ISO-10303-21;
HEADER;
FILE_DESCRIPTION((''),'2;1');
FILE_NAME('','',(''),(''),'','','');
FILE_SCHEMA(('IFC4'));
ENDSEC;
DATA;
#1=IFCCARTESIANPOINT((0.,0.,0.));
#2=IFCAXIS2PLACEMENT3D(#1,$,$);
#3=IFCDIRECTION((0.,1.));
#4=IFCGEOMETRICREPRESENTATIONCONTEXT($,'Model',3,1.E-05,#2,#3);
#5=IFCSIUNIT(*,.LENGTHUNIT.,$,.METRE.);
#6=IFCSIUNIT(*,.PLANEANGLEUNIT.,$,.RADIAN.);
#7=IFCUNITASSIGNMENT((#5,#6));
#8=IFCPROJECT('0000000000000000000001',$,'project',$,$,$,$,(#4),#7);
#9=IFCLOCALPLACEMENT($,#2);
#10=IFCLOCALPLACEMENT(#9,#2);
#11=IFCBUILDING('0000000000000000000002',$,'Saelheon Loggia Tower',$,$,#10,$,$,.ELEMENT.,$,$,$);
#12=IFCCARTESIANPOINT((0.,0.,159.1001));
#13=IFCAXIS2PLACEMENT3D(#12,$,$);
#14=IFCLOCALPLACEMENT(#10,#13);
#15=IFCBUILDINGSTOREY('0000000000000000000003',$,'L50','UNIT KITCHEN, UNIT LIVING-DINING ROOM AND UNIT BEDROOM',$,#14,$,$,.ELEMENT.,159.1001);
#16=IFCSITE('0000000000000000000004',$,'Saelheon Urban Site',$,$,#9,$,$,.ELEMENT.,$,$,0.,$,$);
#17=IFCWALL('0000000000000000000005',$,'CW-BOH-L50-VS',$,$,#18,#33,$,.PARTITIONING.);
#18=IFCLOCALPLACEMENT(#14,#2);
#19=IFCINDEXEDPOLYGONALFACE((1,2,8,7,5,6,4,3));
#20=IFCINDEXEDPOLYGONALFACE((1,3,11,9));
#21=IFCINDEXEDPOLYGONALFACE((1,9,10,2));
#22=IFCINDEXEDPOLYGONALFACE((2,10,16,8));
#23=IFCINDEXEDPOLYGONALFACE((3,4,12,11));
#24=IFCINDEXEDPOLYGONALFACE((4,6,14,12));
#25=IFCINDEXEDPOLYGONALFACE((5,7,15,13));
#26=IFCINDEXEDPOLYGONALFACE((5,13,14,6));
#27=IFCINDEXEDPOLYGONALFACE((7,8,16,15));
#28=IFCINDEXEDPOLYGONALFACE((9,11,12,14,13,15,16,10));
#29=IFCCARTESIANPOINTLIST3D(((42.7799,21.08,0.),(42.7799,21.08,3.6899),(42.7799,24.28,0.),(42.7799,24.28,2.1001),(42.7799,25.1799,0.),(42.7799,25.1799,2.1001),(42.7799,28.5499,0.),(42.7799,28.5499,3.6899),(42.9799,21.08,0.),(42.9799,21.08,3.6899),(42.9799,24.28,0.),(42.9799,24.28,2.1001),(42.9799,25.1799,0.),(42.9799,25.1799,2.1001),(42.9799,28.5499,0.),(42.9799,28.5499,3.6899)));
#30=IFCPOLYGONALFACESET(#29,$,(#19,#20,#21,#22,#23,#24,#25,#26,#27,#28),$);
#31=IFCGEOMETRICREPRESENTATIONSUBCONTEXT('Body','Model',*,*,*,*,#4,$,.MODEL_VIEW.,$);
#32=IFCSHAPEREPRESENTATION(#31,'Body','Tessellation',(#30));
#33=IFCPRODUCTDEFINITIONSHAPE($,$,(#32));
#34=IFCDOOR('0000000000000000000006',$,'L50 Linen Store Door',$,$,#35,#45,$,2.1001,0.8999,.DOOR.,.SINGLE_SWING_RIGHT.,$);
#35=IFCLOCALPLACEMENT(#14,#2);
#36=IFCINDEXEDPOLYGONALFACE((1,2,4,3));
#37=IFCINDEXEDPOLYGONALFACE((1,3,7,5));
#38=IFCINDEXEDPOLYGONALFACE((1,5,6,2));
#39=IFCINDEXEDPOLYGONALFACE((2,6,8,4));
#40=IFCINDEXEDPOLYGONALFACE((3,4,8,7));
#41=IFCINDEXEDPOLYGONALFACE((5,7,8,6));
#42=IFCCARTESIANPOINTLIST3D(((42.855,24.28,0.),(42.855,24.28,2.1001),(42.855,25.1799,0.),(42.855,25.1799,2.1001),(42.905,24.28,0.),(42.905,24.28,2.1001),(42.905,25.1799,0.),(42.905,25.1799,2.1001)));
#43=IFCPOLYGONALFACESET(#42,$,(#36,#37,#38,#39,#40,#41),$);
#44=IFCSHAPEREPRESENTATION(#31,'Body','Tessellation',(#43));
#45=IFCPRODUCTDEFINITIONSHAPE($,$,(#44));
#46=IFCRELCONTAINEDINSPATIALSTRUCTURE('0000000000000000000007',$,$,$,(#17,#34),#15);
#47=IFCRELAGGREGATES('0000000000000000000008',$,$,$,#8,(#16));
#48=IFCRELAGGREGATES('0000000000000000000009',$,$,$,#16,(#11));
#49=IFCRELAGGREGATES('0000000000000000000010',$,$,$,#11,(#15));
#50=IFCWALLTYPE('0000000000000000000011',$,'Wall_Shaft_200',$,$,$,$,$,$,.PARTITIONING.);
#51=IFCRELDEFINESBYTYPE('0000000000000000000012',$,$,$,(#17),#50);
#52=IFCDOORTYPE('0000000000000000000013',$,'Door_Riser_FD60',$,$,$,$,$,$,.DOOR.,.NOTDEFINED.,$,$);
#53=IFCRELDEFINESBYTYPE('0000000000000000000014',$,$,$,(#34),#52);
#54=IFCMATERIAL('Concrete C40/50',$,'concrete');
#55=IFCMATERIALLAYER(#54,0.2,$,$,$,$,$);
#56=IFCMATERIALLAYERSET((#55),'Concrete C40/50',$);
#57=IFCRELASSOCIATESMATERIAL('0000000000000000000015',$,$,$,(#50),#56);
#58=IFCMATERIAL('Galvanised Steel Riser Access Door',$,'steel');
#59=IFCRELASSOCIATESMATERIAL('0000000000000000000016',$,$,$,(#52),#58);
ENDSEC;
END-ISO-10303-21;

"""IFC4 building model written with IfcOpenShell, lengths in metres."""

from ifc_helpers import new_model, si_unit, direction, frame, frame_2d, origin, place, context, subcontext, project, spatial, rectangle, extrude, source, transform, mapped, material, layer, layer_set, type_object, element, fill, save


model = new_model("IFC4")

# Units and contexts
model_context = context("Model", 3, precision=1e-05, world=origin(), true_north=direction((0.0, 1.0)))
body_context = subcontext(model_context, "Body", "Model", "MODEL_VIEW")
ifc_project = project(units=[si_unit("LENGTHUNIT", "METRE"), si_unit("PLANEANGLEUNIT", "RADIAN")], contexts=[model_context])

# Site, building, storey
site_placement = place(None, origin())
site = spatial("IfcSite", under=ifc_project, at=site_placement, Name="Saelheon Urban Site", CompositionType="ELEMENT", RefElevation=0.0)
building_placement = place(site_placement, origin())
building = spatial("IfcBuilding", under=site, at=building_placement, Name="Saelheon Loggia Tower", CompositionType="ELEMENT")
storey_placement = place(building_placement, frame((0.0, 0.0, 159.1001)))
storey = spatial("IfcBuildingStorey", under=building, at=storey_placement, Name="L50", Description="UNIT KITCHEN, UNIT LIVING-DINING ROOM AND UNIT BEDROOM", CompositionType="ELEMENT", Elevation=159.1001)

# Shared definitions
ifc_material_1 = material(Name="Concrete C40/50", Category="concrete")
ifc_layer_1 = layer(ifc_material_1, 0.2)
ifc_layer_set_1 = layer_set([ifc_layer_1], Name="Concrete C40/50")
wall_type_1 = type_object("IfcWallType", Name="Wall_Shaft_200", PredefinedType="PARTITIONING", material=ifc_layer_set_1)

# Wall, opening, door
wall_1_placement = place(storey_placement, frame((42.8799, 21.0801, 0.0), z_axis=(0.0, 0.0, 1.0), x_axis=(0.0, 1.0, 0.0)))
wall_1 = element("IfcWall", 1, at=wall_1_placement, inside=storey, type_object=wall_type_1, Name="CW-BOH-L50-VS", PredefinedType="PARTITIONING", context=body_context, shape_type="SweptSolid", body=[
    extrude(rectangle(XDim=7.47, YDim=0.2, at=frame_2d((3.7349, 0.0))), origin(), (0.0, 0.0, 1.0), 3.6899),
])
opening_1_placement = place(wall_1_placement, frame((3.2, 0.0, 0.0)))
opening_1 = element("IfcOpeningElement", 2, at=opening_1_placement, cuts=wall_1, PredefinedType="OPENING", context=body_context, shape_type="SweptSolid", body=[
    extrude(rectangle(XDim=0.8999, YDim=2.1001, at=frame_2d((0.45, 1.05))), frame((0.0, 0.1121, 0.0), z_axis=(0.0, -1.0, 0.0), x_axis=(1.0, 0.0, 0.0)), (0.0, 0.0, 1.0), 0.2239),
])
ifc_material_2 = material(Name="Galvanised Steel Riser Access Door", Category="steel")
door_type_1 = type_object("IfcDoorType", Name="Door_Riser_FD60", OperationType="NOTDEFINED", PredefinedType="DOOR", material=ifc_material_2)
shared_shape_1 = source(origin(), body_context, "Body", "SweptSolid", [
    extrude(rectangle(XDim=0.8999, YDim=2.1001, at=frame_2d((0.45, 1.05))), frame((0.0, 0.0249, 0.0), z_axis=(0.0, -1.0, 0.0), x_axis=(1.0, 0.0, 0.0)), (0.0, 0.0, 1.0), 0.05),
])
door_1_placement = place(opening_1_placement, origin())
door_1 = element("IfcDoor", 3, at=door_1_placement, inside=storey, type_object=door_type_1, Name="L50 Linen Store Door", OperationType="SINGLE_SWING_RIGHT", OverallHeight=2.1001, OverallWidth=0.8999, PredefinedType="DOOR", context=body_context, shape_type="MappedRepresentation", body=[
    mapped(shared_shape_1, transform((0.0, 0.0, 0.0), scale=1.0)),
])
fill(opening_1, door_1)

save(model, "model.ifc")
